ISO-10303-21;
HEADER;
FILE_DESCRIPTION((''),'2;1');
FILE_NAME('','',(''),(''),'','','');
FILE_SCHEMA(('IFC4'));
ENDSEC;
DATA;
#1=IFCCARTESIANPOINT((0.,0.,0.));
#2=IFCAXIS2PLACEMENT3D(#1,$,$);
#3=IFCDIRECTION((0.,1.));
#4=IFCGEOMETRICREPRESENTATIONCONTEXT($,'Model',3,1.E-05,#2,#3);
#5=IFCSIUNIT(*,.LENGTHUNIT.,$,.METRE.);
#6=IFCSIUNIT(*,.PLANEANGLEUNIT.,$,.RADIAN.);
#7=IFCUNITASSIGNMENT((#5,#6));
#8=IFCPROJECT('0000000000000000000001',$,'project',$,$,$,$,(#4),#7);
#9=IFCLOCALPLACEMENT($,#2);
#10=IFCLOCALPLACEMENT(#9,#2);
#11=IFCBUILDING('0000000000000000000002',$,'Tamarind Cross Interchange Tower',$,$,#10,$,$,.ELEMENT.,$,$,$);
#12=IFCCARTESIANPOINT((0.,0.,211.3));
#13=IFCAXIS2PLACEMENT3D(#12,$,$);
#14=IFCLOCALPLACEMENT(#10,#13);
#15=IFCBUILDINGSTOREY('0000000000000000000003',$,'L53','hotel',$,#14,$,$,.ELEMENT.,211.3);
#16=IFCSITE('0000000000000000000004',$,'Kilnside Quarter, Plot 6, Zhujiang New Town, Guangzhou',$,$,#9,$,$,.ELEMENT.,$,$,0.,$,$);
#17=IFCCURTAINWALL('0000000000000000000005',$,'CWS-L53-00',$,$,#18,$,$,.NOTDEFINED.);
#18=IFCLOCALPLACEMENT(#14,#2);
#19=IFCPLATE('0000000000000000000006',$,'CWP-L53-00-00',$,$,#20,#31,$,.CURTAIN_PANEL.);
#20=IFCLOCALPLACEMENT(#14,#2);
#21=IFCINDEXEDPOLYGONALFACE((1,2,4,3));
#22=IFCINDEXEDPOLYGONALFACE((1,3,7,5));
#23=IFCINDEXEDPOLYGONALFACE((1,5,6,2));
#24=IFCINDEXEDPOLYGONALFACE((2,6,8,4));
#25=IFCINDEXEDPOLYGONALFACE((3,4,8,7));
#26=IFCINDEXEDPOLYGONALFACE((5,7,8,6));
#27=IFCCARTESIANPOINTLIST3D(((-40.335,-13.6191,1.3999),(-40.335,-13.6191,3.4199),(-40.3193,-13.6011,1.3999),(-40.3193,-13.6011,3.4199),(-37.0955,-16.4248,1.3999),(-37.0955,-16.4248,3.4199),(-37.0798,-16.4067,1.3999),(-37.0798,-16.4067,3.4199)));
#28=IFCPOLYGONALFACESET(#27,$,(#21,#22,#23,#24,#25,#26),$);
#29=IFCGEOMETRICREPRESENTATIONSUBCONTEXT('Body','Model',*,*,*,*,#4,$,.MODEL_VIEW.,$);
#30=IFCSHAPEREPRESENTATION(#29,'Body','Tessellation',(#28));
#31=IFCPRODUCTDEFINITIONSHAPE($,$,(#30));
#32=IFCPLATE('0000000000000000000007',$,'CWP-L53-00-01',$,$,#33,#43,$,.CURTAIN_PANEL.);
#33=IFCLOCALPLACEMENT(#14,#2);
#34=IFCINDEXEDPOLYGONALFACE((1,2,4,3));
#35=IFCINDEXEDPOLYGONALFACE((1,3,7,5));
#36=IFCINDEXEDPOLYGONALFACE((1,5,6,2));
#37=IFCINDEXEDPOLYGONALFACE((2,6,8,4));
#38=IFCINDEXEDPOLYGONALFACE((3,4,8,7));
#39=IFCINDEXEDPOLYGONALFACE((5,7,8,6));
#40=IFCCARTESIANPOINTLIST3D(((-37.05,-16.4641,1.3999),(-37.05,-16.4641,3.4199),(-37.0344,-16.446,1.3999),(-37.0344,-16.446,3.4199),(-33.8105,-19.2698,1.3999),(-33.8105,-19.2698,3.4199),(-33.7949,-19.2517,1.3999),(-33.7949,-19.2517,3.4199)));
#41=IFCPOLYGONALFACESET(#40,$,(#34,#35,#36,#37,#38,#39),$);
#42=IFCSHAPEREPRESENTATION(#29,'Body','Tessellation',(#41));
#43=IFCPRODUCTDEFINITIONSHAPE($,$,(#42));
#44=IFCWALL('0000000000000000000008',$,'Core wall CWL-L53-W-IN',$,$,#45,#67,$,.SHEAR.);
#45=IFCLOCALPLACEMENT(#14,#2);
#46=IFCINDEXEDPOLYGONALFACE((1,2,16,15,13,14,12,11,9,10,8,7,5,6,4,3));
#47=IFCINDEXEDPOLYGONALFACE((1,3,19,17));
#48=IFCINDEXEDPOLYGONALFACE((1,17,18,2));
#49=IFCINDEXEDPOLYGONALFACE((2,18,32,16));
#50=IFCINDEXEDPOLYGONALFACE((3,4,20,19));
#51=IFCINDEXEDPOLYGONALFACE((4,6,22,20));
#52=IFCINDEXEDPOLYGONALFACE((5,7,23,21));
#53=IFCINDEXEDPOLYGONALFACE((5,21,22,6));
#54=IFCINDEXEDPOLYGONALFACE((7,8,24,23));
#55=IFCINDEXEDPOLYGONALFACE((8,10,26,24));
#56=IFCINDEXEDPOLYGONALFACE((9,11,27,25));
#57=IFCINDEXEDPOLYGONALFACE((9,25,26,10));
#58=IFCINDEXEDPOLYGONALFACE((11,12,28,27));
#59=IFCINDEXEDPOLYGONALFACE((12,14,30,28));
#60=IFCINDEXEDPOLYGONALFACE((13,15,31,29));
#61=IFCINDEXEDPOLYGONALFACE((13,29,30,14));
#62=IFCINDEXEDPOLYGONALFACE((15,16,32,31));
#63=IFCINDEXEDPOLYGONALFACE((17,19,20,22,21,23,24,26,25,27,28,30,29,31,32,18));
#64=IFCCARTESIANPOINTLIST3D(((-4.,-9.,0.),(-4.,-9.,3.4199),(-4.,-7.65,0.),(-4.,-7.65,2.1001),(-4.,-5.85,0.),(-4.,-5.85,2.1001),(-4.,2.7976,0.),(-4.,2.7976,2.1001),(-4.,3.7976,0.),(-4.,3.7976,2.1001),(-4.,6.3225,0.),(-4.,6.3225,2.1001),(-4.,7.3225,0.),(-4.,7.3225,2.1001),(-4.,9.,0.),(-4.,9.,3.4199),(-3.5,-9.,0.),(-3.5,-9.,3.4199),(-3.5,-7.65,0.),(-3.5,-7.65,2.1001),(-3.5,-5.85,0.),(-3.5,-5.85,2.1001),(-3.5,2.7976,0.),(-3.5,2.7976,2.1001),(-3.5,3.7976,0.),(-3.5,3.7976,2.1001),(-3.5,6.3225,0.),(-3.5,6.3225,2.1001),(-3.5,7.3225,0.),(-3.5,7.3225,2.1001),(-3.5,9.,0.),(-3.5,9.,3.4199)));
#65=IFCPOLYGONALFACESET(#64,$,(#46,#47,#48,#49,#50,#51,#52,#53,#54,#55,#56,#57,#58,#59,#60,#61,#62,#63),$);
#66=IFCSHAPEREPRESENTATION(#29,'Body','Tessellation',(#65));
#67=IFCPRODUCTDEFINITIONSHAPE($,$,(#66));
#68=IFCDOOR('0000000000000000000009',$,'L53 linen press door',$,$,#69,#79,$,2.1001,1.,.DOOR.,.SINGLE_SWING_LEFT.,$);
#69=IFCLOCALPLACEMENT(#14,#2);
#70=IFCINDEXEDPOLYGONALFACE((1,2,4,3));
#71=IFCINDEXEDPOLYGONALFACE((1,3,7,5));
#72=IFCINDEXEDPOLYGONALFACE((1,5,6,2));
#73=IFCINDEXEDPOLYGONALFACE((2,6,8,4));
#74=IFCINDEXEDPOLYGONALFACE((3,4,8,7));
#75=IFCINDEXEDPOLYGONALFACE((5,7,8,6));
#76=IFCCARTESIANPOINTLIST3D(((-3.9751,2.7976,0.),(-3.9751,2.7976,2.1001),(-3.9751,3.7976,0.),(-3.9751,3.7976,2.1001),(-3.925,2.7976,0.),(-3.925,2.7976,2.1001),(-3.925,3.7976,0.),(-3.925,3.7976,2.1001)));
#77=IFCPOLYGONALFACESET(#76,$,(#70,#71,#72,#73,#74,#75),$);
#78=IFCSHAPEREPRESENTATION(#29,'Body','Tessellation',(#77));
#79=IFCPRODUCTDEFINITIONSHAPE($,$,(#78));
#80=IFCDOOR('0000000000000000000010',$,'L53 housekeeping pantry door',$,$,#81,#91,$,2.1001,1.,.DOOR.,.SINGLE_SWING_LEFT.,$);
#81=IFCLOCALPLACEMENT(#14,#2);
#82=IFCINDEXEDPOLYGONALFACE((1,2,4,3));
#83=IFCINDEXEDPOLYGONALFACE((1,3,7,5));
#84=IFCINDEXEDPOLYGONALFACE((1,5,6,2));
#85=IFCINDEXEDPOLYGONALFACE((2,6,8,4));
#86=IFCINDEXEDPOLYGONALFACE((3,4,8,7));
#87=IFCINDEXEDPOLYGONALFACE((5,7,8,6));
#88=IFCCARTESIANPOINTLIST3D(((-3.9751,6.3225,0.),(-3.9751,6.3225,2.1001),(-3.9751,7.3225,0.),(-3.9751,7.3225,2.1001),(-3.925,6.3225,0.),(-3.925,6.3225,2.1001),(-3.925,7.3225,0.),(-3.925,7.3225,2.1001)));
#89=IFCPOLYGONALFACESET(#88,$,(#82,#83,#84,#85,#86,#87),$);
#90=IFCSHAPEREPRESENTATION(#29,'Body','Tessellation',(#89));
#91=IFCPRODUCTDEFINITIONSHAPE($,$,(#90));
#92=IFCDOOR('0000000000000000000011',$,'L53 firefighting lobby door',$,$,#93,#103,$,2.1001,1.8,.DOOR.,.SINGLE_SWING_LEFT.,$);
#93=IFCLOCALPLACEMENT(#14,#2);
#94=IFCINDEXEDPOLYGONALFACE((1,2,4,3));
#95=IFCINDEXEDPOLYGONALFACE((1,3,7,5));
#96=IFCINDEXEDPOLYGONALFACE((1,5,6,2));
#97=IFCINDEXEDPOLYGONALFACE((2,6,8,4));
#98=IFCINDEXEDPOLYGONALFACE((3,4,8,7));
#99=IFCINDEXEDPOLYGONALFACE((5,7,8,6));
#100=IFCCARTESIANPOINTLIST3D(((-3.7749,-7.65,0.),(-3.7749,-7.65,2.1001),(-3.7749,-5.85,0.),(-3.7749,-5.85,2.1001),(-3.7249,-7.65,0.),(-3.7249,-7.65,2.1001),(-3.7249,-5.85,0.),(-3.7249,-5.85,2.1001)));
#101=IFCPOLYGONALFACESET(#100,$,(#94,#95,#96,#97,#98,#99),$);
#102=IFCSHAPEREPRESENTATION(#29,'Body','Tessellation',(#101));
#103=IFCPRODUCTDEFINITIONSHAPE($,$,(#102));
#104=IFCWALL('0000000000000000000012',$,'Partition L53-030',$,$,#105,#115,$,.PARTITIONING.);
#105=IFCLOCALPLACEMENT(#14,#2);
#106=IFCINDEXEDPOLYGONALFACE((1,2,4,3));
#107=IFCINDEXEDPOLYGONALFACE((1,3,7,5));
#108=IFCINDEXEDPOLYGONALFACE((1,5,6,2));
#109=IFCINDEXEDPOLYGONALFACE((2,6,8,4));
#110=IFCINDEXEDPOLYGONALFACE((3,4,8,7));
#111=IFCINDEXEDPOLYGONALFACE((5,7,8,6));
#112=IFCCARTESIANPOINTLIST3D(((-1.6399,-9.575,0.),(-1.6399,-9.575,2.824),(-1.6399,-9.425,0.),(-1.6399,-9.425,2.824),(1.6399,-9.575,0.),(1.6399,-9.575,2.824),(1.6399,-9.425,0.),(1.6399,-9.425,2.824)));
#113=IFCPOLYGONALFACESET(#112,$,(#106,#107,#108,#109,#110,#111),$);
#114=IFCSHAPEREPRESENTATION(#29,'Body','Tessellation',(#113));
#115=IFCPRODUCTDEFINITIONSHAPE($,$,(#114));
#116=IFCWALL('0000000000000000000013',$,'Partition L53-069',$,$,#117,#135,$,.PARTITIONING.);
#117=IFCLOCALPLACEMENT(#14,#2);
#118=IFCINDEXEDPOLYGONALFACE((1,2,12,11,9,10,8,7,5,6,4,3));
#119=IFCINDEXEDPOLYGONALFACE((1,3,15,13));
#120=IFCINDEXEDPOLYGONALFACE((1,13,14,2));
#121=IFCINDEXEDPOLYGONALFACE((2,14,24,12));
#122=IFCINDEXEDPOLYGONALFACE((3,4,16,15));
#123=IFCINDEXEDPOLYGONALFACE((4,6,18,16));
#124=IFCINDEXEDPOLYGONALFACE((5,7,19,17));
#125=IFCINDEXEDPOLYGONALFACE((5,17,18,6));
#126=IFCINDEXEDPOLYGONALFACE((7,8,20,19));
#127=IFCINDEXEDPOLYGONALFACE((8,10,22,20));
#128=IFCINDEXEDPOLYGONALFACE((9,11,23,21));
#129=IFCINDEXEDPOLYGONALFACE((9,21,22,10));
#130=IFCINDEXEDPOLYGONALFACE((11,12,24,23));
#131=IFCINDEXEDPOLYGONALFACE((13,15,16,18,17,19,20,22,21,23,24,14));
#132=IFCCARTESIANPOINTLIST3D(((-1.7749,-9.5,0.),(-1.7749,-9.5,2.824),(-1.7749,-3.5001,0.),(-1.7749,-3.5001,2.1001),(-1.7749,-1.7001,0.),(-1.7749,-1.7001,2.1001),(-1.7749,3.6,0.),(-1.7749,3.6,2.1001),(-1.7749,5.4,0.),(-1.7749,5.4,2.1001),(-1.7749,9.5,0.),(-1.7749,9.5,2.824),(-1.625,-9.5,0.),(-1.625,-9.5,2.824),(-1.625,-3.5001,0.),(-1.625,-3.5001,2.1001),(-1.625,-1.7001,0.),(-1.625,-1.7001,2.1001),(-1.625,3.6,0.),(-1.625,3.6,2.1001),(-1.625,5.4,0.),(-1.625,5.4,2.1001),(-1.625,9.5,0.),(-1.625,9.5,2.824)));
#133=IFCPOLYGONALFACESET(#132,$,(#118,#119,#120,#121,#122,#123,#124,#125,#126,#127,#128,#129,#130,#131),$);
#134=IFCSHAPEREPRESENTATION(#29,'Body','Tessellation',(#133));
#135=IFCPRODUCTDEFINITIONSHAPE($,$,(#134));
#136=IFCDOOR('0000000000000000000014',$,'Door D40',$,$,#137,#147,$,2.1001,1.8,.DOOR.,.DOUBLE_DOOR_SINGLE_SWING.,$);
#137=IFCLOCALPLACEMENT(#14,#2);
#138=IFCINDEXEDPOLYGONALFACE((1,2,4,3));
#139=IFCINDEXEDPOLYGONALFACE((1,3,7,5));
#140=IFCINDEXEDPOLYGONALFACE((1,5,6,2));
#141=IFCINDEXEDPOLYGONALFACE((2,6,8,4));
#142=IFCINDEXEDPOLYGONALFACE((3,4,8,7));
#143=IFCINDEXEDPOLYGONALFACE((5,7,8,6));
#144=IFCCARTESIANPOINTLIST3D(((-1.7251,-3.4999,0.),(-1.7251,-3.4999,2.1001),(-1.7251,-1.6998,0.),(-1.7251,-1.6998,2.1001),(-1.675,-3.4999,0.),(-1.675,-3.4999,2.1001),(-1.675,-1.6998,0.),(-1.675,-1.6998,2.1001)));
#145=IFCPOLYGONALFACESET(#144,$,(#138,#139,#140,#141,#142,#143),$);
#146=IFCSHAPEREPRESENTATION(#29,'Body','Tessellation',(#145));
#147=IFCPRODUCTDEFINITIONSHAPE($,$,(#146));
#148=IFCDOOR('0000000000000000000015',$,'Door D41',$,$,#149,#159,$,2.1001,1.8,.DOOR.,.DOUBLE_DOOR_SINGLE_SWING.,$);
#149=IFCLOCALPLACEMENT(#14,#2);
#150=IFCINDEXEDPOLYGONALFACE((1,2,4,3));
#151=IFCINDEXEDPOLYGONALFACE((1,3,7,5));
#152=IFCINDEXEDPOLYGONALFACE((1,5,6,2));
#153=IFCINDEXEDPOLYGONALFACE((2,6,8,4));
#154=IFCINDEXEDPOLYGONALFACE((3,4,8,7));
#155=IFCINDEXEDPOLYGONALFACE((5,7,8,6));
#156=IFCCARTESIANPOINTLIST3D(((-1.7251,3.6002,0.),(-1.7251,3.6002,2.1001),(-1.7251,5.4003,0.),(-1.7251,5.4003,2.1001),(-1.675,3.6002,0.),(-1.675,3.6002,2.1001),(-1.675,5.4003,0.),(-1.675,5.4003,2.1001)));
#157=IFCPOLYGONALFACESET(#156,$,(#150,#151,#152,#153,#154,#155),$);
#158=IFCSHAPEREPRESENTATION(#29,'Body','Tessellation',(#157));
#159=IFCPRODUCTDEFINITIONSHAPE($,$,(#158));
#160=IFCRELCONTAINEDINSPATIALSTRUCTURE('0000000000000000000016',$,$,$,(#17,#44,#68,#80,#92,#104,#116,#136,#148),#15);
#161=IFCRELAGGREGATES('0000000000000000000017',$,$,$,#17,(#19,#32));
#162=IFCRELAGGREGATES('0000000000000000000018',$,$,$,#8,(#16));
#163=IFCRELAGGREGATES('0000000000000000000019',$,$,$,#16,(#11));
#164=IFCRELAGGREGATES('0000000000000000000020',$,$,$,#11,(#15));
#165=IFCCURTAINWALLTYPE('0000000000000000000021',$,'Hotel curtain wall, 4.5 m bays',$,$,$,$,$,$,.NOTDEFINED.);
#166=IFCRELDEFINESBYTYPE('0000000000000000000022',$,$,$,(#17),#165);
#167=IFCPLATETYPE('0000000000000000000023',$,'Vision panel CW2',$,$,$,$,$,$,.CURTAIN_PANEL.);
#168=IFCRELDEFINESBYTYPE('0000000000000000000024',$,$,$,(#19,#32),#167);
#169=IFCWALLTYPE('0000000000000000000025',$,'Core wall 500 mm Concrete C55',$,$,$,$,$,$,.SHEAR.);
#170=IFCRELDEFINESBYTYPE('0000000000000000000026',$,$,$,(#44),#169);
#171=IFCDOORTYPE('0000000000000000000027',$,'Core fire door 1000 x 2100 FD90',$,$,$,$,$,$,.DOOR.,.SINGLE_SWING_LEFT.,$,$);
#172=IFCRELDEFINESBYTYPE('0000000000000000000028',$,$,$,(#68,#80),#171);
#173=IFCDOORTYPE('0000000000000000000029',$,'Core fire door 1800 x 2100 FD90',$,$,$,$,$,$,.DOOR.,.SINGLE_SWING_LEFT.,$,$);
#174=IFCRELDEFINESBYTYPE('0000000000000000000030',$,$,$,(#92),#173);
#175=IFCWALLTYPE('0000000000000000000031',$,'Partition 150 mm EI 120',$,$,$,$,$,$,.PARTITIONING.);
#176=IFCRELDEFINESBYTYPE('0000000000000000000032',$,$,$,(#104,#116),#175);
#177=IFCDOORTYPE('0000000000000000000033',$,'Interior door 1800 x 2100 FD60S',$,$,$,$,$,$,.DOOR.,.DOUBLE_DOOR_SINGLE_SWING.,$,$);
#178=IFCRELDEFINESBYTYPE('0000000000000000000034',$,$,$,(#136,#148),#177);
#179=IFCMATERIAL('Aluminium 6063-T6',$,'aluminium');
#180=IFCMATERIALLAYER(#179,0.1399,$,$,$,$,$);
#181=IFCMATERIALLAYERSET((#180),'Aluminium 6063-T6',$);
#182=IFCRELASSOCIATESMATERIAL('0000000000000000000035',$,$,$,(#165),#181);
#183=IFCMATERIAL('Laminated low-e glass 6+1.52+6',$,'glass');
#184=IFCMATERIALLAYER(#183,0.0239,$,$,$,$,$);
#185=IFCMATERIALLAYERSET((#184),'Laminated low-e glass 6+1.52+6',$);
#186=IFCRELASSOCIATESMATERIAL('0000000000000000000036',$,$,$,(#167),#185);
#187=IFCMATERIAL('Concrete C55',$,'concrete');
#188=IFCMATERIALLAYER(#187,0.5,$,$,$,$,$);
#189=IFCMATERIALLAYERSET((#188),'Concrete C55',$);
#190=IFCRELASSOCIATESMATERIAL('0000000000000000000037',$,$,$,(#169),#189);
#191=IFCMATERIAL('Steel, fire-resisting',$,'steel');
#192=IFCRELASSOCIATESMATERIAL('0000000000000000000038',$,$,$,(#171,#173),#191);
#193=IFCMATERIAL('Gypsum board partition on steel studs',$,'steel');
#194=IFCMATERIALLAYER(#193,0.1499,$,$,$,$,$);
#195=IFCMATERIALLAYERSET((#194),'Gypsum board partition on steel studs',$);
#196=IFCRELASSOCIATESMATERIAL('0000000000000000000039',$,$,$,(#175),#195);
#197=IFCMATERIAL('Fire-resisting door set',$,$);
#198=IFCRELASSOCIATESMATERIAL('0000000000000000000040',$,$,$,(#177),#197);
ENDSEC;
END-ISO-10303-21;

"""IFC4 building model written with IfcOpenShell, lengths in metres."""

from ifc_helpers import new_model, si_unit, direction, frame, frame_2d, origin, place, context, subcontext, project, spatial, polyline, rectangle, outline, extrude, material, layer, layer_set, type_object, element, fill, aggregate, save


model = new_model("IFC4")

# Units and contexts
model_context = context("Model", 3, precision=1e-05, world=origin(), true_north=direction((0.0, 1.0)))
body_context = subcontext(model_context, "Body", "Model", "MODEL_VIEW")
ifc_project = project(units=[si_unit("LENGTHUNIT", "METRE"), si_unit("PLANEANGLEUNIT", "RADIAN")], contexts=[model_context])

# Site, building, storey
site_placement = place(None, origin())
site = spatial("IfcSite", under=ifc_project, at=site_placement, Name="Kilnside Quarter, Plot 6, Zhujiang New Town, Guangzhou", CompositionType="ELEMENT", RefElevation=0.0)
building_placement = place(site_placement, origin())
building = spatial("IfcBuilding", under=site, at=building_placement, Name="Tamarind Cross Interchange Tower", CompositionType="ELEMENT")
storey_placement = place(building_placement, frame((0.0, 0.0, 211.3)))
storey = spatial("IfcBuildingStorey", under=building, at=storey_placement, Name="L53", Description="hotel", CompositionType="ELEMENT", Elevation=211.3)

# Curtain wall, plates
ifc_material_1 = material(Name="Aluminium 6063-T6", Category="aluminium")
ifc_layer_1 = layer(ifc_material_1, 0.1399)
ifc_layer_set_1 = layer_set([ifc_layer_1], Name="Aluminium 6063-T6")
curtain_wall_type = type_object("IfcCurtainWallType", Name="Hotel curtain wall, 4.5 m bays", PredefinedType="NOTDEFINED", material=ifc_layer_set_1)
curtain_wall_placement = place(storey_placement, origin())
curtain_wall = element("IfcCurtainWall", 1, at=curtain_wall_placement, inside=storey, type_object=curtain_wall_type, Name="CWS-L53-00", PredefinedType="NOTDEFINED")
ifc_material_2 = material(Name="Laminated low-e glass 6+1.52+6", Category="glass")
ifc_layer_2 = layer(ifc_material_2, 0.0239)
ifc_layer_set_2 = layer_set([ifc_layer_2], Name="Laminated low-e glass 6+1.52+6")
plate_type = type_object("IfcPlateType", Name="Vision panel CW2", PredefinedType="CURTAIN_PANEL", material=ifc_layer_set_2)
plate_1_placement = place(storey_placement, frame((0.0, 0.0, 1.3999)))
plate_1 = element("IfcPlate", 2, at=plate_1_placement, type_object=plate_type, Name="CWP-L53-00-00", PredefinedType="CURTAIN_PANEL", context=body_context, shape_type="SweptSolid", body=[
    extrude(outline(polyline([(-40.3193, -13.6011), (-37.0798, -16.4067), (-37.0955, -16.4248), (-40.335, -13.6191), (-40.3193, -13.6011)])), origin(), (0.0, 0.0, 1.0), 2.02),
])
plate_2_placement = place(storey_placement, frame((0.0, 0.0, 1.3999)))
plate_2 = element("IfcPlate", 3, at=plate_2_placement, type_object=plate_type, Name="CWP-L53-00-01", PredefinedType="CURTAIN_PANEL", context=body_context, shape_type="SweptSolid", body=[
    extrude(outline(polyline([(-37.0344, -16.446), (-33.7949, -19.2517), (-33.8105, -19.2698), (-37.05, -16.4641), (-37.0344, -16.446)])), origin(), (0.0, 0.0, 1.0), 2.02),
])
aggregate(curtain_wall, [plate_1, plate_2])

# Wall, openings, doors
ifc_material_3 = material(Name="Concrete C55", Category="concrete")
ifc_layer_3 = layer(ifc_material_3, 0.5)
ifc_layer_set_3 = layer_set([ifc_layer_3], Name="Concrete C55")
wall_type_1 = type_object("IfcWallType", Name="Core wall 500 mm Concrete C55", PredefinedType="SHEAR", material=ifc_layer_set_3)
wall_1_placement = place(storey_placement, frame((-3.75, -9.0, 0.0), z_axis=(0.0, 0.0, 1.0), x_axis=(0.0, 1.0, 0.0)))
wall_1 = element("IfcWall", 4, at=wall_1_placement, inside=storey, type_object=wall_type_1, Name="Core wall CWL-L53-W-IN", PredefinedType="SHEAR", context=body_context, shape_type="SweptSolid", body=[
    extrude(rectangle(XDim=18.0, YDim=0.5, at=frame_2d((9.0, 0.0))), origin(), (0.0, 0.0, 1.0), 3.4199),
])
opening_1_placement = place(wall_1_placement, frame((1.3501, 0.0, 0.0)))
opening_1 = element("IfcOpeningElement", 5, at=opening_1_placement, cuts=wall_1, PredefinedType="OPENING", context=body_context, shape_type="SweptSolid", body=[
    extrude(rectangle(XDim=1.8, YDim=2.1001, at=frame_2d((0.8999, 1.05))), frame((0.0, 0.26, 0.0), z_axis=(0.0, -1.0, 0.0), x_axis=(1.0, 0.0, 0.0)), (0.0, 0.0, 1.0), 0.52),
])
opening_2_placement = place(wall_1_placement, frame((11.7976, 0.0, 0.0)))
opening_2 = element("IfcOpeningElement", 6, at=opening_2_placement, cuts=wall_1, PredefinedType="OPENING", context=body_context, shape_type="SweptSolid", body=[
    extrude(rectangle(XDim=1.0, YDim=2.1001, at=frame_2d((0.5, 1.05))), frame((0.0, 0.26, 0.0), z_axis=(0.0, -1.0, 0.0), x_axis=(1.0, 0.0, 0.0)), (0.0, 0.0, 1.0), 0.52),
])
opening_3_placement = place(wall_1_placement, frame((15.3225, 0.0, 0.0)))
opening_3 = element("IfcOpeningElement", 7, at=opening_3_placement, cuts=wall_1, PredefinedType="OPENING", context=body_context, shape_type="SweptSolid", body=[
    extrude(rectangle(XDim=1.0, YDim=2.1001, at=frame_2d((0.5, 1.05))), frame((0.0, 0.26, 0.0), z_axis=(0.0, -1.0, 0.0), x_axis=(1.0, 0.0, 0.0)), (0.0, 0.0, 1.0), 0.52),
])
ifc_material_4 = material(Name="Steel, fire-resisting", Category="steel")
door_type_1 = type_object("IfcDoorType", Name="Core fire door 1000 x 2100 FD90", OperationType="SINGLE_SWING_LEFT", PredefinedType="DOOR", material=ifc_material_4)
door_1_placement = place(opening_2_placement, origin())
door_1 = element("IfcDoor", 8, at=door_1_placement, inside=storey, type_object=door_type_1, Name="L53 linen press door", OperationType="SINGLE_SWING_LEFT", OverallHeight=2.1001, OverallWidth=1.0, PredefinedType="DOOR", context=body_context, shape_type="SweptSolid", body=[
    extrude(rectangle(XDim=1.0, YDim=2.1001, at=frame_2d((0.5, 1.05))), frame((0.0, 0.2251, 0.0), z_axis=(0.0, -1.0, 0.0), x_axis=(1.0, 0.0, 0.0)), (0.0, 0.0, 1.0), 0.05),
])
fill(opening_2, door_1)
door_2_placement = place(opening_3_placement, origin())
door_2 = element("IfcDoor", 9, at=door_2_placement, inside=storey, type_object=door_type_1, Name="L53 housekeeping pantry door", OperationType="SINGLE_SWING_LEFT", OverallHeight=2.1001, OverallWidth=1.0, PredefinedType="DOOR", context=body_context, shape_type="SweptSolid", body=[
    extrude(rectangle(XDim=1.0, YDim=2.1001, at=frame_2d((0.5, 1.05))), frame((0.0, 0.2251, 0.0), z_axis=(0.0, -1.0, 0.0), x_axis=(1.0, 0.0, 0.0)), (0.0, 0.0, 1.0), 0.05),
])
fill(opening_3, door_2)
door_type_2 = type_object("IfcDoorType", Name="Core fire door 1800 x 2100 FD90", OperationType="SINGLE_SWING_LEFT", PredefinedType="DOOR", material=ifc_material_4)
door_3_placement = place(opening_1_placement, origin())
door_3 = element("IfcDoor", 10, at=door_3_placement, inside=storey, type_object=door_type_2, Name="L53 firefighting lobby door", OperationType="SINGLE_SWING_LEFT", OverallHeight=2.1001, OverallWidth=1.8, PredefinedType="DOOR", context=body_context, shape_type="SweptSolid", body=[
    extrude(rectangle(XDim=1.8, YDim=2.1001, at=frame_2d((0.8999, 1.05))), frame((0.0, 0.0249, 0.0), z_axis=(0.0, -1.0, 0.0), x_axis=(1.0, 0.0, 0.0)), (0.0, 0.0, 1.0), 0.05),
])
fill(opening_1, door_3)

# Wall
ifc_material_5 = material(Name="Gypsum board partition on steel studs", Category="steel")
ifc_layer_4 = layer(ifc_material_5, 0.1499)
ifc_layer_set_4 = layer_set([ifc_layer_4], Name="Gypsum board partition on steel studs")
wall_type_2 = type_object("IfcWallType", Name="Partition 150 mm EI 120", PredefinedType="PARTITIONING", material=ifc_layer_set_4)
wall_2_placement = place(storey_placement, frame((-1.6399, -9.5, 0.0), z_axis=(0.0, 0.0, 1.0), x_axis=(1.0, 0.0, 0.0)))
element("IfcWall", 11, at=wall_2_placement, inside=storey, type_object=wall_type_2, Name="Partition L53-030", PredefinedType="PARTITIONING", context=body_context, shape_type="SweptSolid", body=[
    extrude(rectangle(XDim=3.2798, YDim=0.1499, at=frame_2d((1.6399, 0.0))), origin(), (0.0, 0.0, 1.0), 2.824),
])

# Wall, openings, doors
wall_3_placement = place(storey_placement, frame((-1.7, -9.5, 0.0), z_axis=(0.0, 0.0, 1.0), x_axis=(0.0, 1.0, 0.0)))
wall_3 = element("IfcWall", 12, at=wall_3_placement, inside=storey, type_object=wall_type_2, Name="Partition L53-069", PredefinedType="PARTITIONING", context=body_context, shape_type="SweptSolid", body=[
    extrude(rectangle(XDim=19.0, YDim=0.1499, at=frame_2d((9.5, 0.0))), origin(), (0.0, 0.0, 1.0), 2.824),
])
opening_4_placement = place(wall_3_placement, frame((6.0, 0.0, 0.0)))
opening_4 = element("IfcOpeningElement", 13, at=opening_4_placement, cuts=wall_3, PredefinedType="OPENING", context=body_context, shape_type="SweptSolid", body=[
    extrude(rectangle(XDim=1.8, YDim=2.1001, at=frame_2d((0.8999, 1.05))), frame((0.0, 0.085, 0.0), z_axis=(0.0, -1.0, 0.0), x_axis=(1.0, 0.0, 0.0)), (0.0, 0.0, 1.0), 0.1699),
])
opening_5_placement = place(wall_3_placement, frame((13.1001, 0.0, 0.0)))
opening_5 = element("IfcOpeningElement", 14, at=opening_5_placement, cuts=wall_3, PredefinedType="OPENING", context=body_context, shape_type="SweptSolid", body=[
    extrude(rectangle(XDim=1.8, YDim=2.1001, at=frame_2d((0.8999, 1.05))), frame((0.0, 0.085, 0.0), z_axis=(0.0, -1.0, 0.0), x_axis=(1.0, 0.0, 0.0)), (0.0, 0.0, 1.0), 0.1699),
])
ifc_material_6 = material(Name="Fire-resisting door set")
door_type_3 = type_object("IfcDoorType", Name="Interior door 1800 x 2100 FD60S", OperationType="DOUBLE_DOOR_SINGLE_SWING", PredefinedType="DOOR", material=ifc_material_6)
door_4_placement = place(opening_4_placement, frame((1.8, 0.0, 0.0), z_axis=(0.0, 0.0, 1.0), x_axis=(-1.0, 0.0, 0.0)))
door_4 = element("IfcDoor", 15, at=door_4_placement, inside=storey, type_object=door_type_3, Name="Door D40", OperationType="DOUBLE_DOOR_SINGLE_SWING", OverallHeight=2.1001, OverallWidth=1.8, PredefinedType="DOOR", context=body_context, shape_type="SweptSolid", body=[
    extrude(rectangle(XDim=1.8, YDim=2.1001, at=frame_2d((0.8999, 1.05))), frame((0.0, 0.0249, 0.0), z_axis=(0.0, -1.0, 0.0), x_axis=(1.0, 0.0, 0.0)), (0.0, 0.0, 1.0), 0.05),
])
fill(opening_4, door_4)
door_5_placement = place(opening_5_placement, frame((1.8, 0.0, 0.0), z_axis=(0.0, 0.0, 1.0), x_axis=(-1.0, 0.0, 0.0)))
door_5 = element("IfcDoor", 16, at=door_5_placement, inside=storey, type_object=door_type_3, Name="Door D41", OperationType="DOUBLE_DOOR_SINGLE_SWING", OverallHeight=2.1001, OverallWidth=1.8, PredefinedType="DOOR", context=body_context, shape_type="SweptSolid", body=[
    extrude(rectangle(XDim=1.8, YDim=2.1001, at=frame_2d((0.8999, 1.05))), frame((0.0, 0.0249, 0.0), z_axis=(0.0, -1.0, 0.0), x_axis=(1.0, 0.0, 0.0)), (0.0, 0.0, 1.0), 0.05),
])
fill(opening_5, door_5)

save(model, "model.ifc")
